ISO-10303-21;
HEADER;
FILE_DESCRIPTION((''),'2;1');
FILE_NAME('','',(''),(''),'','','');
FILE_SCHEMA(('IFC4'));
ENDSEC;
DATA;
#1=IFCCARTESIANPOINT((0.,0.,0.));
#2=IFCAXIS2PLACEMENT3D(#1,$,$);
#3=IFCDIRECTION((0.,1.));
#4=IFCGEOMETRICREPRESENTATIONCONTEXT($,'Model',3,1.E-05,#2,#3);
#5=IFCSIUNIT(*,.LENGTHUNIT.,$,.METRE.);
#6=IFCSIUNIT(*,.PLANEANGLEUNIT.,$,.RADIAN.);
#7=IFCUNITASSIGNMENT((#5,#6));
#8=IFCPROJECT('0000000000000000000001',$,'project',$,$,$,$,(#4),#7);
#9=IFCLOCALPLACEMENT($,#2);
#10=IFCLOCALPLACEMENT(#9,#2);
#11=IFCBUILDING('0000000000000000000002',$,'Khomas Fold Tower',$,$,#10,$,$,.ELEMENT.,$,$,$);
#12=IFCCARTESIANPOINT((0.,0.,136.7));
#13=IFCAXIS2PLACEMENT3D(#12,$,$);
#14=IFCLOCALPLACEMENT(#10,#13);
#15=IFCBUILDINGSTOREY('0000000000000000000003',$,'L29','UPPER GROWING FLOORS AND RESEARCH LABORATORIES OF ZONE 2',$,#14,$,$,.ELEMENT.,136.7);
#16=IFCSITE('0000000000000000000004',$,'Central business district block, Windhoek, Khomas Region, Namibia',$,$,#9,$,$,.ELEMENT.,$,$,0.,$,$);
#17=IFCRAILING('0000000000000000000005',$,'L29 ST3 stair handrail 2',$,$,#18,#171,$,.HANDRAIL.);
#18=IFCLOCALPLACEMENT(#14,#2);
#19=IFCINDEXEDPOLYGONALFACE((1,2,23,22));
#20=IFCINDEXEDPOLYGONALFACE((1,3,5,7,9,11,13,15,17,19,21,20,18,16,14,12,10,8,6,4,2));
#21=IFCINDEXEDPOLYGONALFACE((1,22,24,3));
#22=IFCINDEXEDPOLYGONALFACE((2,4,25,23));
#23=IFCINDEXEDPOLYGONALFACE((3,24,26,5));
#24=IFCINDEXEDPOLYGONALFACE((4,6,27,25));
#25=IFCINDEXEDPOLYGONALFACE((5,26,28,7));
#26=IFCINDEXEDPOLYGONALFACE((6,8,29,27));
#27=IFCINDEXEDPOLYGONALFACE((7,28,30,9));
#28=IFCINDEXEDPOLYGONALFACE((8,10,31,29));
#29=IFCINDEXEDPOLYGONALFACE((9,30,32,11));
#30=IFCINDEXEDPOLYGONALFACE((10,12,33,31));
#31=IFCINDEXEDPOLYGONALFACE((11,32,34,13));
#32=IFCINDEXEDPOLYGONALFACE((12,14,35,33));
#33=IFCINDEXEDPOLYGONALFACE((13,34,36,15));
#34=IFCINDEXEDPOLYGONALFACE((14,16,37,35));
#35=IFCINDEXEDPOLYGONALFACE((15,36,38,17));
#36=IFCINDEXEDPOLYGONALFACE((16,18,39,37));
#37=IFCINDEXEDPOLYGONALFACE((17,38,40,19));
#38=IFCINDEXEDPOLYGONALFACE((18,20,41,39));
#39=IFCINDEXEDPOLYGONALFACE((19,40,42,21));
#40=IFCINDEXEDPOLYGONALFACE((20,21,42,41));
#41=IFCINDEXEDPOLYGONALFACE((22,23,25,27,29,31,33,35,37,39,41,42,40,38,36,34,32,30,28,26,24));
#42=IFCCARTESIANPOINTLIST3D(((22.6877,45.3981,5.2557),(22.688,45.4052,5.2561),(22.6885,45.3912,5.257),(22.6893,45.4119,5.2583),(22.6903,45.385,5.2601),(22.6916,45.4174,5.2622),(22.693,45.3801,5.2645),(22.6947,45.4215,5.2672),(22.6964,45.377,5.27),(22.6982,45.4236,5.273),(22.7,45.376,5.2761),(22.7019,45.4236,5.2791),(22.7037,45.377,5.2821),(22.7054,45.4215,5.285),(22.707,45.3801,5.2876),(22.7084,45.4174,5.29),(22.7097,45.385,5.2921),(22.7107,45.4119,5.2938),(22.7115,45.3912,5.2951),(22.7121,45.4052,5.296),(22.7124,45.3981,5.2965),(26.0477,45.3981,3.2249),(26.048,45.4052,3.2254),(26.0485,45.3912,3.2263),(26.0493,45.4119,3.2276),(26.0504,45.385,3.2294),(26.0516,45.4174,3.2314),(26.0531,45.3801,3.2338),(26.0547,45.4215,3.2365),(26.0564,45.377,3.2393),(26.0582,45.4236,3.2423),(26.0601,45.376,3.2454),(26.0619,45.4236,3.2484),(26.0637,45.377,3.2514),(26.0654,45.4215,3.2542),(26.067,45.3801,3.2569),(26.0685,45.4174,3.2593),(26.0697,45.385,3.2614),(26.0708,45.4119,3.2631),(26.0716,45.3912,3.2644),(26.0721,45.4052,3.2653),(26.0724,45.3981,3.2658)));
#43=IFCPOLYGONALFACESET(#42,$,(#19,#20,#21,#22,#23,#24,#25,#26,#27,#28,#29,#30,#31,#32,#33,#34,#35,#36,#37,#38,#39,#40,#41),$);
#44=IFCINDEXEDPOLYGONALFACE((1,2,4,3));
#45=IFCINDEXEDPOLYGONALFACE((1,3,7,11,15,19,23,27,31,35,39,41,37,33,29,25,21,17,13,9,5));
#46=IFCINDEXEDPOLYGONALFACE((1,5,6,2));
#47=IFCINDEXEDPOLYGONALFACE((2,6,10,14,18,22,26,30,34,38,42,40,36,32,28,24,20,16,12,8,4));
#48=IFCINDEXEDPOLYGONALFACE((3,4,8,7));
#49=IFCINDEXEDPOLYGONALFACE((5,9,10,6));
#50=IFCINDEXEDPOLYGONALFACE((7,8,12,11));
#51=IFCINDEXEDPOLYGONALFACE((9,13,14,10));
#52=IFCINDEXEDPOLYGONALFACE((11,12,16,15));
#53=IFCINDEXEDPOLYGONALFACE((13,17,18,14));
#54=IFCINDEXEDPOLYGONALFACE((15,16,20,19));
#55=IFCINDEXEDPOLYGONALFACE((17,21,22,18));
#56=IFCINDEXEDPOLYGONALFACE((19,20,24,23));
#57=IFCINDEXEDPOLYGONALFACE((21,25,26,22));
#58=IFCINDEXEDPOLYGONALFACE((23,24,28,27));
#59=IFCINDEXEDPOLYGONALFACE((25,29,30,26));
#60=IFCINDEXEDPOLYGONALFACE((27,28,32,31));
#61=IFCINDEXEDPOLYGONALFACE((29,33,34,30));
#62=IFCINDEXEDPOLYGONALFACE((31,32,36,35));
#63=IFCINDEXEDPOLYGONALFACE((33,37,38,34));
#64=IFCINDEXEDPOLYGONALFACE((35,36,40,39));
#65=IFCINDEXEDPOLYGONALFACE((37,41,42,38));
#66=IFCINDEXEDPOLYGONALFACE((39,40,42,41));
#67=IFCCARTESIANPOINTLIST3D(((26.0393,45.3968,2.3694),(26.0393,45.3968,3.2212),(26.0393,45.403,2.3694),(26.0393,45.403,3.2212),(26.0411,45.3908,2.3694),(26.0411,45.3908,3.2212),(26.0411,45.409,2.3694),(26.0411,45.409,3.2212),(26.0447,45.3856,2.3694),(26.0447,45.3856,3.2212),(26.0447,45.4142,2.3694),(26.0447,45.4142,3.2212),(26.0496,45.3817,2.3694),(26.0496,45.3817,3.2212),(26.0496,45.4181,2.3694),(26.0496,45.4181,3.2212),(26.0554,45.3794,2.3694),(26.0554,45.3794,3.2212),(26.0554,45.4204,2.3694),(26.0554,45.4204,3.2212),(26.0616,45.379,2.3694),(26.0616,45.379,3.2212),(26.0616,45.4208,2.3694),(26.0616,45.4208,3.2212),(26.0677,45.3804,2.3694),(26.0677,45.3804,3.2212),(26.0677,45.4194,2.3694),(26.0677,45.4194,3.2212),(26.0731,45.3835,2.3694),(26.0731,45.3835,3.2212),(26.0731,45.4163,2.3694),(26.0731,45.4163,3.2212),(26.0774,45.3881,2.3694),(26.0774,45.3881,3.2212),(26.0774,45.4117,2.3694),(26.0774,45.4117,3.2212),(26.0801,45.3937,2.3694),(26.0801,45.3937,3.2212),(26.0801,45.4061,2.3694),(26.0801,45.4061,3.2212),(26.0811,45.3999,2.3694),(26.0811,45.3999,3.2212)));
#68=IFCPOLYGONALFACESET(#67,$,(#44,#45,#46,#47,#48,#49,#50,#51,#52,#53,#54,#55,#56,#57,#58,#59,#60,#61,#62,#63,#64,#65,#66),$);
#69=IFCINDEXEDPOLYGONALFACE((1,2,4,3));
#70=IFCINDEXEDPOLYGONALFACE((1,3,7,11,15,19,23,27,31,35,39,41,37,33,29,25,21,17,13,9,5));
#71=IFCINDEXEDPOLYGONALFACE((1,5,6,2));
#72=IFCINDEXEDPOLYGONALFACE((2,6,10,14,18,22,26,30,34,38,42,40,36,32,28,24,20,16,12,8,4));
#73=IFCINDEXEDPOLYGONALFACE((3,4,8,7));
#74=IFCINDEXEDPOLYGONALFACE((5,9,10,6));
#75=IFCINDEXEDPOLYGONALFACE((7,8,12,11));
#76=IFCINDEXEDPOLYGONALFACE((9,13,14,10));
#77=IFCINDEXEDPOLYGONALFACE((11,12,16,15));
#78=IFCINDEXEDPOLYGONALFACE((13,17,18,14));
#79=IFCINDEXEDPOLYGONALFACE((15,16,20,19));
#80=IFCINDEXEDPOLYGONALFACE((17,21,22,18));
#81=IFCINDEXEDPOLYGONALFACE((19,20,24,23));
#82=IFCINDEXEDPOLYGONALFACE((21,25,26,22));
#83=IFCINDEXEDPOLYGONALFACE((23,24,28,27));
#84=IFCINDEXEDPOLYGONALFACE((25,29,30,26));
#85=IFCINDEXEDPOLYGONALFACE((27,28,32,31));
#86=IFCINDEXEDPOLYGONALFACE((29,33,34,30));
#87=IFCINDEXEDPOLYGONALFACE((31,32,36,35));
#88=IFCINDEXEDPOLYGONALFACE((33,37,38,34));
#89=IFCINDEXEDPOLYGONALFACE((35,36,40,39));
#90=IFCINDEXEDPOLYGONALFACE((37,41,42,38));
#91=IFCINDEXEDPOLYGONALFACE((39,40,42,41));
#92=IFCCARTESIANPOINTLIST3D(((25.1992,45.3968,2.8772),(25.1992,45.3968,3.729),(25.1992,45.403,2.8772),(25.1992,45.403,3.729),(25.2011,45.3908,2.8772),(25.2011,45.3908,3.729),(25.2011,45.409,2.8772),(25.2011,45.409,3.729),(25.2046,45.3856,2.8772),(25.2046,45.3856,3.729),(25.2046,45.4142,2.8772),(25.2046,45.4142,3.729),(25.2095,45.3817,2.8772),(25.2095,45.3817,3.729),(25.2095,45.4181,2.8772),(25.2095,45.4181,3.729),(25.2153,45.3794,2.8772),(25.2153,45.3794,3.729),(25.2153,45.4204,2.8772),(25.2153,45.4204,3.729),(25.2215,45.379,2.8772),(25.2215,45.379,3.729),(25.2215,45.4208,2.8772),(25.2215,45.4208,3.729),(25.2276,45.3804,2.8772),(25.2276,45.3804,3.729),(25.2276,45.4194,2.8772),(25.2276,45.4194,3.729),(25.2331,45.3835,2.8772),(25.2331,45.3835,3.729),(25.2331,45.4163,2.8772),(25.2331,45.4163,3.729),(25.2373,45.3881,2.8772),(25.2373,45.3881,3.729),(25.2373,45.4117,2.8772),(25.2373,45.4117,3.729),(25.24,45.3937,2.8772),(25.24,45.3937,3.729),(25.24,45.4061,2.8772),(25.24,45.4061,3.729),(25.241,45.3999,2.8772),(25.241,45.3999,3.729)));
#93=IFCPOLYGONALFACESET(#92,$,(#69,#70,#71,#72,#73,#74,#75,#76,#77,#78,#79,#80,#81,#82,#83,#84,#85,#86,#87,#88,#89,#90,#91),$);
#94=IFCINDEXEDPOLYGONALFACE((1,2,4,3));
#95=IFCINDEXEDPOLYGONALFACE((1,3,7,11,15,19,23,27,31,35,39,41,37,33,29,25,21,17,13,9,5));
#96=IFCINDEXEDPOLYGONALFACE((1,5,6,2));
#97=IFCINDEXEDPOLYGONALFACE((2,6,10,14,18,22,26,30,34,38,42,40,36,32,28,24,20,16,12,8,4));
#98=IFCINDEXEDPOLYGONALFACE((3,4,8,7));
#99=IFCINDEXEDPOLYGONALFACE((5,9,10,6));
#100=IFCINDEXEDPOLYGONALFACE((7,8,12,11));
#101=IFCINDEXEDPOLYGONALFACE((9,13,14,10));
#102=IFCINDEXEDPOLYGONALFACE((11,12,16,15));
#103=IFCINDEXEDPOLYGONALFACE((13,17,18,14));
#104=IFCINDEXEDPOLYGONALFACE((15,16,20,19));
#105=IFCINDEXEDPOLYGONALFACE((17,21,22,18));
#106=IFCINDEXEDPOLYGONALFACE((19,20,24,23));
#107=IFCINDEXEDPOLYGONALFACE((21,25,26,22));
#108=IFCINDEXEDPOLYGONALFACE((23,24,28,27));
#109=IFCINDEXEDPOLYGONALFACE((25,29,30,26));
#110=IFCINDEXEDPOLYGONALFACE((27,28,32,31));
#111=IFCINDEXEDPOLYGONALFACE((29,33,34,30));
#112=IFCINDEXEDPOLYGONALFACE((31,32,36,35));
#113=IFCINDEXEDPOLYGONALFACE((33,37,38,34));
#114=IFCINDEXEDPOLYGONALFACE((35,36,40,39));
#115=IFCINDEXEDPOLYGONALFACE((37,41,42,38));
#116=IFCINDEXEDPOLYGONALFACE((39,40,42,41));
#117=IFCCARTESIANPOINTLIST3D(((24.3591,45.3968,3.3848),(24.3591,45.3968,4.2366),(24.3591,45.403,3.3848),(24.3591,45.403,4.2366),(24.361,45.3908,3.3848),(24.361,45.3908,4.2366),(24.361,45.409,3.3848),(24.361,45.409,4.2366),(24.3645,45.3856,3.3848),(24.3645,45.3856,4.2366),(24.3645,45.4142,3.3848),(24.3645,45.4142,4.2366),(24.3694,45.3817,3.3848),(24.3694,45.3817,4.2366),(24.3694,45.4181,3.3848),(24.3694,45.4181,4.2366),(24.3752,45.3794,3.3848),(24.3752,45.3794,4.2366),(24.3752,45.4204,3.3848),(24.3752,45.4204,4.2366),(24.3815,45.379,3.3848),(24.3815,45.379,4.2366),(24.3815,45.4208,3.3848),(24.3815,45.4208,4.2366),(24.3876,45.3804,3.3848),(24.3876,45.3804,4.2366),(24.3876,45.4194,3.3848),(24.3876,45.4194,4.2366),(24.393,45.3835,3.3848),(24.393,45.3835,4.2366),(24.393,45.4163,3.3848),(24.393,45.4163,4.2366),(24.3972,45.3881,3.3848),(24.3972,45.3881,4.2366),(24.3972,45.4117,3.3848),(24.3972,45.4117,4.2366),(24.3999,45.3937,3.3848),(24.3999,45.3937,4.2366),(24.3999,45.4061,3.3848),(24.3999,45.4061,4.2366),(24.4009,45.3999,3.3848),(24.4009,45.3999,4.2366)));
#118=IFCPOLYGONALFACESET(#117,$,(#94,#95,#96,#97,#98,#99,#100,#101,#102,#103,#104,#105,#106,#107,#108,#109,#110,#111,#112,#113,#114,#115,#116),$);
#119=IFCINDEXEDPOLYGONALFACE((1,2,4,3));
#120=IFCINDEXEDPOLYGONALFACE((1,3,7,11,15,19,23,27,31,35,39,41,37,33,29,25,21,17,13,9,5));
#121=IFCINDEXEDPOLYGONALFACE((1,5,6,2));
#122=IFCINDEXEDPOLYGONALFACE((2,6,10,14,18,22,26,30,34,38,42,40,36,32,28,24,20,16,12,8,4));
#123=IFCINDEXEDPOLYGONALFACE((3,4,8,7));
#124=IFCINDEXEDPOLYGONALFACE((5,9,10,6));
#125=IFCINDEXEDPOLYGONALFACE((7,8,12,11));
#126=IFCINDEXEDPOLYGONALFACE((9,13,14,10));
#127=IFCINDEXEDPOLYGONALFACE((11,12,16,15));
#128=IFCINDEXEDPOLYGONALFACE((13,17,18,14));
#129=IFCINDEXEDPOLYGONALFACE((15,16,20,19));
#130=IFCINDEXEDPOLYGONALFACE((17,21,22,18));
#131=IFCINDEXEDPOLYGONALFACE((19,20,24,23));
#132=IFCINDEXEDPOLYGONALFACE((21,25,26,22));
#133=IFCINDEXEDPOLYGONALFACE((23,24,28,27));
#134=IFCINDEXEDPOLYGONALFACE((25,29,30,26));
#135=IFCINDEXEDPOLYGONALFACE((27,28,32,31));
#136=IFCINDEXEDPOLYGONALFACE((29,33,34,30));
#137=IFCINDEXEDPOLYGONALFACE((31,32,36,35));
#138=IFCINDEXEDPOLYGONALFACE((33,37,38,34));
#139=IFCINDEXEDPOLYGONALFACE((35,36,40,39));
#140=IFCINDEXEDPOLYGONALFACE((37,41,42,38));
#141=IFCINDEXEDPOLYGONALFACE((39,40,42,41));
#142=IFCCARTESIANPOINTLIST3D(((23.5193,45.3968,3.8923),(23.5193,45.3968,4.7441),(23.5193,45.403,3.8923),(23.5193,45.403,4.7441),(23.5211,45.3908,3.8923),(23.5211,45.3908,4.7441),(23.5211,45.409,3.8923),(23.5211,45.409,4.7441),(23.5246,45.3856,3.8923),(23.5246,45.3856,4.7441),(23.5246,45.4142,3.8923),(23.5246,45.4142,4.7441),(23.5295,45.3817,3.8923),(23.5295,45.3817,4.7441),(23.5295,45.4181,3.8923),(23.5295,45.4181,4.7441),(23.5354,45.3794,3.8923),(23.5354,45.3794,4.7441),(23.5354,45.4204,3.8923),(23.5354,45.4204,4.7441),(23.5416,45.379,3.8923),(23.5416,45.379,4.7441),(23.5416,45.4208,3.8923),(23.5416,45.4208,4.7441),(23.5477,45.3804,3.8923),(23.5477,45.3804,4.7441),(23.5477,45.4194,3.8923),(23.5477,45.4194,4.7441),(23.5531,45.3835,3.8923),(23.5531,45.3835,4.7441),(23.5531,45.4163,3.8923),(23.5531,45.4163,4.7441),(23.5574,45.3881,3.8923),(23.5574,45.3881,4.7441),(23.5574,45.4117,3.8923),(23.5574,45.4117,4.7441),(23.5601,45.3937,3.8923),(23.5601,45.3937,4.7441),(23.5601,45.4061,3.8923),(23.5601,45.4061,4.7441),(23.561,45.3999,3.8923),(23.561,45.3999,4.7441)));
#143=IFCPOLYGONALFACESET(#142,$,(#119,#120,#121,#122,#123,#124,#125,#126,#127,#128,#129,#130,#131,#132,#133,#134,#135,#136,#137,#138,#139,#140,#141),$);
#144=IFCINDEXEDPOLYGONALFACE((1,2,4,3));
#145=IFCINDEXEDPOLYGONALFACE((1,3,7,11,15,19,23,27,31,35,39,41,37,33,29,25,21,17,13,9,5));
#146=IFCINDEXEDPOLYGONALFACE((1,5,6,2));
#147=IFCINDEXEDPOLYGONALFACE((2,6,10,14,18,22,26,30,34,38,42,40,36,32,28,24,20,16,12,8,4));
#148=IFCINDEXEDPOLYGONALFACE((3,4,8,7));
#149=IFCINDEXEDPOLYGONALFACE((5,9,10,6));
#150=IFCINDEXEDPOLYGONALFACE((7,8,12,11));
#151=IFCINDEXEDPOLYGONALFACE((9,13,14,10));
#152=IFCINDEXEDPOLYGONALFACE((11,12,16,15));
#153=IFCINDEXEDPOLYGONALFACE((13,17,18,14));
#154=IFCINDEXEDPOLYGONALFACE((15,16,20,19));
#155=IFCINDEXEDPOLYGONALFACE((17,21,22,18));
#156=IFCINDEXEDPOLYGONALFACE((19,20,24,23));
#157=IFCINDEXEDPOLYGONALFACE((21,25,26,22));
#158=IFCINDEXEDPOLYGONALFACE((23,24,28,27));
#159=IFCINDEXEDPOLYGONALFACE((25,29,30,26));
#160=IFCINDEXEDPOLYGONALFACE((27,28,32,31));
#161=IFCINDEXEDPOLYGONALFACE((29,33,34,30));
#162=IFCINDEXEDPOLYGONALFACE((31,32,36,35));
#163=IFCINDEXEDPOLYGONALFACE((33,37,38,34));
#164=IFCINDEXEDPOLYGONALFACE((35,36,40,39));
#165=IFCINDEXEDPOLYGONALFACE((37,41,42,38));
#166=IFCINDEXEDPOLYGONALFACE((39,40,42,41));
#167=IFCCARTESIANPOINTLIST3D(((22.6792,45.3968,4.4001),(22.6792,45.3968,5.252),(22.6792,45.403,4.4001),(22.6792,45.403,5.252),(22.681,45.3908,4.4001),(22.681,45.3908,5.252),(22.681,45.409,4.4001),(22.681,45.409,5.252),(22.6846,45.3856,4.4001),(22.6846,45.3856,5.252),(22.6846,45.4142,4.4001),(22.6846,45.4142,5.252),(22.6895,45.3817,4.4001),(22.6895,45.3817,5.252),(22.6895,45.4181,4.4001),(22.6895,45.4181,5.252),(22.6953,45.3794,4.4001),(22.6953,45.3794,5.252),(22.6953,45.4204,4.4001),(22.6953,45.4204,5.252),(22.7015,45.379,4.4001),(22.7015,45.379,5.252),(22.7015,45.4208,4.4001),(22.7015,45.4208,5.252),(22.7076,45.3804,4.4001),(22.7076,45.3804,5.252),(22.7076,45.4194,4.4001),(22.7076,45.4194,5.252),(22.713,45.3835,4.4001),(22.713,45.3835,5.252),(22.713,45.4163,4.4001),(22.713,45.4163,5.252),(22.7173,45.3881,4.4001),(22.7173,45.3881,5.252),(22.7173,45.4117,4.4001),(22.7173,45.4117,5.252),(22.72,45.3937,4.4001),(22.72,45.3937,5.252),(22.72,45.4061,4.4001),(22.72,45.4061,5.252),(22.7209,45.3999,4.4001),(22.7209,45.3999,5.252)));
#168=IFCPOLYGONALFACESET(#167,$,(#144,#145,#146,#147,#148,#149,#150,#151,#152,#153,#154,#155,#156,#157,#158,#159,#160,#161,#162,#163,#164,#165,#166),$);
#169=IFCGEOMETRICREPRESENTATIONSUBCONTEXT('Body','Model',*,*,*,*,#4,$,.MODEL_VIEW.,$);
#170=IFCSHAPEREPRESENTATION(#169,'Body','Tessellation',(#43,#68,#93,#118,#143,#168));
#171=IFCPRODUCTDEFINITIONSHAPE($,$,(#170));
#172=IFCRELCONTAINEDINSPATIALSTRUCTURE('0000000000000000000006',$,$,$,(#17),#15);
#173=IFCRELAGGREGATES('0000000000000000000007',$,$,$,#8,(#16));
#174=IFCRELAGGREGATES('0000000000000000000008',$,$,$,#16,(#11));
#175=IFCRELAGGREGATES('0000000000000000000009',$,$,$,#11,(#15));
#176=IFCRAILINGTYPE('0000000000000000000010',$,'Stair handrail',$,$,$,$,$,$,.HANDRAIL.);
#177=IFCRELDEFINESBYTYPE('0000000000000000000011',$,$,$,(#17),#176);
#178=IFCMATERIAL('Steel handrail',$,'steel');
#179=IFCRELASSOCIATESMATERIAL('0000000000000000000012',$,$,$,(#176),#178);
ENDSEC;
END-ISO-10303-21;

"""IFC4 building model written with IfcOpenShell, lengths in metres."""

from ifc_helpers import new_model, si_unit, direction, frame, origin, origin_2d, place, context, subcontext, project, spatial, circle, extrude, source, transform, mapped, material, type_object, element, save


model = new_model("IFC4")

# Units and contexts
model_context = context("Model", 3, precision=1e-05, world=origin(), true_north=direction((0.0, 1.0)))
body_context = subcontext(model_context, "Body", "Model", "MODEL_VIEW")
ifc_project = project(units=[si_unit("LENGTHUNIT", "METRE"), si_unit("PLANEANGLEUNIT", "RADIAN")], contexts=[model_context])

# Site, building, storey
site_placement = place(None, origin())
site = spatial("IfcSite", under=ifc_project, at=site_placement, Name="Central business district block, Windhoek, Khomas Region, Namibia", CompositionType="ELEMENT", RefElevation=0.0)
building_placement = place(site_placement, origin())
building = spatial("IfcBuilding", under=site, at=building_placement, Name="Khomas Fold Tower", CompositionType="ELEMENT")
storey_placement = place(building_placement, frame((0.0, 0.0, 136.7)))
storey = spatial("IfcBuildingStorey", under=building, at=storey_placement, Name="L29", Description="UPPER GROWING FLOORS AND RESEARCH LABORATORIES OF ZONE 2", CompositionType="ELEMENT", Elevation=136.7)

# Railing
ifc_material_1 = material(Name="Steel handrail", Category="steel")
railing_type_1 = type_object("IfcRailingType", Name="Stair handrail", PredefinedType="HANDRAIL", material=ifc_material_1)
shared_shape_1 = source(origin(), body_context, "Body", "SweptSolid", [
    extrude(circle(Radius=0.0239, at=origin_2d()), frame((0.0, 0.0, 0.876), z_axis=(-0.855837, 0.0, 0.517246), x_axis=(0.0, -1.0, 0.0)), (0.0, 0.0, 1.0), 3.926),
    extrude(circle(Radius=0.021, at=origin_2d()), origin(), (0.0, 0.0, 1.0), 0.8518),
    extrude(circle(Radius=0.021, at=origin_2d()), frame((-0.8401, 0.0, 0.5078)), (0.0, 0.0, 1.0), 0.8518),
    extrude(circle(Radius=0.021, at=origin_2d()), frame((-1.6802, 0.0, 1.0154)), (0.0, 0.0, 1.0), 0.8518),
    extrude(circle(Radius=0.021, at=origin_2d()), frame((-2.52, 0.0, 1.5229)), (0.0, 0.0, 1.0), 0.8518),
    extrude(circle(Radius=0.021, at=origin_2d()), frame((-3.3601, 0.0, 2.0308)), (0.0, 0.0, 1.0), 0.8518),
])
railing_1_placement = place(storey_placement, frame((26.0601, 45.3999, 2.3694)))
element("IfcRailing", 1, at=railing_1_placement, inside=storey, type_object=railing_type_1, Name="L29 ST3 stair handrail 2", PredefinedType="HANDRAIL", context=body_context, shape_type="MappedRepresentation", body=[
    mapped(shared_shape_1, transform((0.0, 0.0, 0.0))),
])

save(model, "model.ifc")
